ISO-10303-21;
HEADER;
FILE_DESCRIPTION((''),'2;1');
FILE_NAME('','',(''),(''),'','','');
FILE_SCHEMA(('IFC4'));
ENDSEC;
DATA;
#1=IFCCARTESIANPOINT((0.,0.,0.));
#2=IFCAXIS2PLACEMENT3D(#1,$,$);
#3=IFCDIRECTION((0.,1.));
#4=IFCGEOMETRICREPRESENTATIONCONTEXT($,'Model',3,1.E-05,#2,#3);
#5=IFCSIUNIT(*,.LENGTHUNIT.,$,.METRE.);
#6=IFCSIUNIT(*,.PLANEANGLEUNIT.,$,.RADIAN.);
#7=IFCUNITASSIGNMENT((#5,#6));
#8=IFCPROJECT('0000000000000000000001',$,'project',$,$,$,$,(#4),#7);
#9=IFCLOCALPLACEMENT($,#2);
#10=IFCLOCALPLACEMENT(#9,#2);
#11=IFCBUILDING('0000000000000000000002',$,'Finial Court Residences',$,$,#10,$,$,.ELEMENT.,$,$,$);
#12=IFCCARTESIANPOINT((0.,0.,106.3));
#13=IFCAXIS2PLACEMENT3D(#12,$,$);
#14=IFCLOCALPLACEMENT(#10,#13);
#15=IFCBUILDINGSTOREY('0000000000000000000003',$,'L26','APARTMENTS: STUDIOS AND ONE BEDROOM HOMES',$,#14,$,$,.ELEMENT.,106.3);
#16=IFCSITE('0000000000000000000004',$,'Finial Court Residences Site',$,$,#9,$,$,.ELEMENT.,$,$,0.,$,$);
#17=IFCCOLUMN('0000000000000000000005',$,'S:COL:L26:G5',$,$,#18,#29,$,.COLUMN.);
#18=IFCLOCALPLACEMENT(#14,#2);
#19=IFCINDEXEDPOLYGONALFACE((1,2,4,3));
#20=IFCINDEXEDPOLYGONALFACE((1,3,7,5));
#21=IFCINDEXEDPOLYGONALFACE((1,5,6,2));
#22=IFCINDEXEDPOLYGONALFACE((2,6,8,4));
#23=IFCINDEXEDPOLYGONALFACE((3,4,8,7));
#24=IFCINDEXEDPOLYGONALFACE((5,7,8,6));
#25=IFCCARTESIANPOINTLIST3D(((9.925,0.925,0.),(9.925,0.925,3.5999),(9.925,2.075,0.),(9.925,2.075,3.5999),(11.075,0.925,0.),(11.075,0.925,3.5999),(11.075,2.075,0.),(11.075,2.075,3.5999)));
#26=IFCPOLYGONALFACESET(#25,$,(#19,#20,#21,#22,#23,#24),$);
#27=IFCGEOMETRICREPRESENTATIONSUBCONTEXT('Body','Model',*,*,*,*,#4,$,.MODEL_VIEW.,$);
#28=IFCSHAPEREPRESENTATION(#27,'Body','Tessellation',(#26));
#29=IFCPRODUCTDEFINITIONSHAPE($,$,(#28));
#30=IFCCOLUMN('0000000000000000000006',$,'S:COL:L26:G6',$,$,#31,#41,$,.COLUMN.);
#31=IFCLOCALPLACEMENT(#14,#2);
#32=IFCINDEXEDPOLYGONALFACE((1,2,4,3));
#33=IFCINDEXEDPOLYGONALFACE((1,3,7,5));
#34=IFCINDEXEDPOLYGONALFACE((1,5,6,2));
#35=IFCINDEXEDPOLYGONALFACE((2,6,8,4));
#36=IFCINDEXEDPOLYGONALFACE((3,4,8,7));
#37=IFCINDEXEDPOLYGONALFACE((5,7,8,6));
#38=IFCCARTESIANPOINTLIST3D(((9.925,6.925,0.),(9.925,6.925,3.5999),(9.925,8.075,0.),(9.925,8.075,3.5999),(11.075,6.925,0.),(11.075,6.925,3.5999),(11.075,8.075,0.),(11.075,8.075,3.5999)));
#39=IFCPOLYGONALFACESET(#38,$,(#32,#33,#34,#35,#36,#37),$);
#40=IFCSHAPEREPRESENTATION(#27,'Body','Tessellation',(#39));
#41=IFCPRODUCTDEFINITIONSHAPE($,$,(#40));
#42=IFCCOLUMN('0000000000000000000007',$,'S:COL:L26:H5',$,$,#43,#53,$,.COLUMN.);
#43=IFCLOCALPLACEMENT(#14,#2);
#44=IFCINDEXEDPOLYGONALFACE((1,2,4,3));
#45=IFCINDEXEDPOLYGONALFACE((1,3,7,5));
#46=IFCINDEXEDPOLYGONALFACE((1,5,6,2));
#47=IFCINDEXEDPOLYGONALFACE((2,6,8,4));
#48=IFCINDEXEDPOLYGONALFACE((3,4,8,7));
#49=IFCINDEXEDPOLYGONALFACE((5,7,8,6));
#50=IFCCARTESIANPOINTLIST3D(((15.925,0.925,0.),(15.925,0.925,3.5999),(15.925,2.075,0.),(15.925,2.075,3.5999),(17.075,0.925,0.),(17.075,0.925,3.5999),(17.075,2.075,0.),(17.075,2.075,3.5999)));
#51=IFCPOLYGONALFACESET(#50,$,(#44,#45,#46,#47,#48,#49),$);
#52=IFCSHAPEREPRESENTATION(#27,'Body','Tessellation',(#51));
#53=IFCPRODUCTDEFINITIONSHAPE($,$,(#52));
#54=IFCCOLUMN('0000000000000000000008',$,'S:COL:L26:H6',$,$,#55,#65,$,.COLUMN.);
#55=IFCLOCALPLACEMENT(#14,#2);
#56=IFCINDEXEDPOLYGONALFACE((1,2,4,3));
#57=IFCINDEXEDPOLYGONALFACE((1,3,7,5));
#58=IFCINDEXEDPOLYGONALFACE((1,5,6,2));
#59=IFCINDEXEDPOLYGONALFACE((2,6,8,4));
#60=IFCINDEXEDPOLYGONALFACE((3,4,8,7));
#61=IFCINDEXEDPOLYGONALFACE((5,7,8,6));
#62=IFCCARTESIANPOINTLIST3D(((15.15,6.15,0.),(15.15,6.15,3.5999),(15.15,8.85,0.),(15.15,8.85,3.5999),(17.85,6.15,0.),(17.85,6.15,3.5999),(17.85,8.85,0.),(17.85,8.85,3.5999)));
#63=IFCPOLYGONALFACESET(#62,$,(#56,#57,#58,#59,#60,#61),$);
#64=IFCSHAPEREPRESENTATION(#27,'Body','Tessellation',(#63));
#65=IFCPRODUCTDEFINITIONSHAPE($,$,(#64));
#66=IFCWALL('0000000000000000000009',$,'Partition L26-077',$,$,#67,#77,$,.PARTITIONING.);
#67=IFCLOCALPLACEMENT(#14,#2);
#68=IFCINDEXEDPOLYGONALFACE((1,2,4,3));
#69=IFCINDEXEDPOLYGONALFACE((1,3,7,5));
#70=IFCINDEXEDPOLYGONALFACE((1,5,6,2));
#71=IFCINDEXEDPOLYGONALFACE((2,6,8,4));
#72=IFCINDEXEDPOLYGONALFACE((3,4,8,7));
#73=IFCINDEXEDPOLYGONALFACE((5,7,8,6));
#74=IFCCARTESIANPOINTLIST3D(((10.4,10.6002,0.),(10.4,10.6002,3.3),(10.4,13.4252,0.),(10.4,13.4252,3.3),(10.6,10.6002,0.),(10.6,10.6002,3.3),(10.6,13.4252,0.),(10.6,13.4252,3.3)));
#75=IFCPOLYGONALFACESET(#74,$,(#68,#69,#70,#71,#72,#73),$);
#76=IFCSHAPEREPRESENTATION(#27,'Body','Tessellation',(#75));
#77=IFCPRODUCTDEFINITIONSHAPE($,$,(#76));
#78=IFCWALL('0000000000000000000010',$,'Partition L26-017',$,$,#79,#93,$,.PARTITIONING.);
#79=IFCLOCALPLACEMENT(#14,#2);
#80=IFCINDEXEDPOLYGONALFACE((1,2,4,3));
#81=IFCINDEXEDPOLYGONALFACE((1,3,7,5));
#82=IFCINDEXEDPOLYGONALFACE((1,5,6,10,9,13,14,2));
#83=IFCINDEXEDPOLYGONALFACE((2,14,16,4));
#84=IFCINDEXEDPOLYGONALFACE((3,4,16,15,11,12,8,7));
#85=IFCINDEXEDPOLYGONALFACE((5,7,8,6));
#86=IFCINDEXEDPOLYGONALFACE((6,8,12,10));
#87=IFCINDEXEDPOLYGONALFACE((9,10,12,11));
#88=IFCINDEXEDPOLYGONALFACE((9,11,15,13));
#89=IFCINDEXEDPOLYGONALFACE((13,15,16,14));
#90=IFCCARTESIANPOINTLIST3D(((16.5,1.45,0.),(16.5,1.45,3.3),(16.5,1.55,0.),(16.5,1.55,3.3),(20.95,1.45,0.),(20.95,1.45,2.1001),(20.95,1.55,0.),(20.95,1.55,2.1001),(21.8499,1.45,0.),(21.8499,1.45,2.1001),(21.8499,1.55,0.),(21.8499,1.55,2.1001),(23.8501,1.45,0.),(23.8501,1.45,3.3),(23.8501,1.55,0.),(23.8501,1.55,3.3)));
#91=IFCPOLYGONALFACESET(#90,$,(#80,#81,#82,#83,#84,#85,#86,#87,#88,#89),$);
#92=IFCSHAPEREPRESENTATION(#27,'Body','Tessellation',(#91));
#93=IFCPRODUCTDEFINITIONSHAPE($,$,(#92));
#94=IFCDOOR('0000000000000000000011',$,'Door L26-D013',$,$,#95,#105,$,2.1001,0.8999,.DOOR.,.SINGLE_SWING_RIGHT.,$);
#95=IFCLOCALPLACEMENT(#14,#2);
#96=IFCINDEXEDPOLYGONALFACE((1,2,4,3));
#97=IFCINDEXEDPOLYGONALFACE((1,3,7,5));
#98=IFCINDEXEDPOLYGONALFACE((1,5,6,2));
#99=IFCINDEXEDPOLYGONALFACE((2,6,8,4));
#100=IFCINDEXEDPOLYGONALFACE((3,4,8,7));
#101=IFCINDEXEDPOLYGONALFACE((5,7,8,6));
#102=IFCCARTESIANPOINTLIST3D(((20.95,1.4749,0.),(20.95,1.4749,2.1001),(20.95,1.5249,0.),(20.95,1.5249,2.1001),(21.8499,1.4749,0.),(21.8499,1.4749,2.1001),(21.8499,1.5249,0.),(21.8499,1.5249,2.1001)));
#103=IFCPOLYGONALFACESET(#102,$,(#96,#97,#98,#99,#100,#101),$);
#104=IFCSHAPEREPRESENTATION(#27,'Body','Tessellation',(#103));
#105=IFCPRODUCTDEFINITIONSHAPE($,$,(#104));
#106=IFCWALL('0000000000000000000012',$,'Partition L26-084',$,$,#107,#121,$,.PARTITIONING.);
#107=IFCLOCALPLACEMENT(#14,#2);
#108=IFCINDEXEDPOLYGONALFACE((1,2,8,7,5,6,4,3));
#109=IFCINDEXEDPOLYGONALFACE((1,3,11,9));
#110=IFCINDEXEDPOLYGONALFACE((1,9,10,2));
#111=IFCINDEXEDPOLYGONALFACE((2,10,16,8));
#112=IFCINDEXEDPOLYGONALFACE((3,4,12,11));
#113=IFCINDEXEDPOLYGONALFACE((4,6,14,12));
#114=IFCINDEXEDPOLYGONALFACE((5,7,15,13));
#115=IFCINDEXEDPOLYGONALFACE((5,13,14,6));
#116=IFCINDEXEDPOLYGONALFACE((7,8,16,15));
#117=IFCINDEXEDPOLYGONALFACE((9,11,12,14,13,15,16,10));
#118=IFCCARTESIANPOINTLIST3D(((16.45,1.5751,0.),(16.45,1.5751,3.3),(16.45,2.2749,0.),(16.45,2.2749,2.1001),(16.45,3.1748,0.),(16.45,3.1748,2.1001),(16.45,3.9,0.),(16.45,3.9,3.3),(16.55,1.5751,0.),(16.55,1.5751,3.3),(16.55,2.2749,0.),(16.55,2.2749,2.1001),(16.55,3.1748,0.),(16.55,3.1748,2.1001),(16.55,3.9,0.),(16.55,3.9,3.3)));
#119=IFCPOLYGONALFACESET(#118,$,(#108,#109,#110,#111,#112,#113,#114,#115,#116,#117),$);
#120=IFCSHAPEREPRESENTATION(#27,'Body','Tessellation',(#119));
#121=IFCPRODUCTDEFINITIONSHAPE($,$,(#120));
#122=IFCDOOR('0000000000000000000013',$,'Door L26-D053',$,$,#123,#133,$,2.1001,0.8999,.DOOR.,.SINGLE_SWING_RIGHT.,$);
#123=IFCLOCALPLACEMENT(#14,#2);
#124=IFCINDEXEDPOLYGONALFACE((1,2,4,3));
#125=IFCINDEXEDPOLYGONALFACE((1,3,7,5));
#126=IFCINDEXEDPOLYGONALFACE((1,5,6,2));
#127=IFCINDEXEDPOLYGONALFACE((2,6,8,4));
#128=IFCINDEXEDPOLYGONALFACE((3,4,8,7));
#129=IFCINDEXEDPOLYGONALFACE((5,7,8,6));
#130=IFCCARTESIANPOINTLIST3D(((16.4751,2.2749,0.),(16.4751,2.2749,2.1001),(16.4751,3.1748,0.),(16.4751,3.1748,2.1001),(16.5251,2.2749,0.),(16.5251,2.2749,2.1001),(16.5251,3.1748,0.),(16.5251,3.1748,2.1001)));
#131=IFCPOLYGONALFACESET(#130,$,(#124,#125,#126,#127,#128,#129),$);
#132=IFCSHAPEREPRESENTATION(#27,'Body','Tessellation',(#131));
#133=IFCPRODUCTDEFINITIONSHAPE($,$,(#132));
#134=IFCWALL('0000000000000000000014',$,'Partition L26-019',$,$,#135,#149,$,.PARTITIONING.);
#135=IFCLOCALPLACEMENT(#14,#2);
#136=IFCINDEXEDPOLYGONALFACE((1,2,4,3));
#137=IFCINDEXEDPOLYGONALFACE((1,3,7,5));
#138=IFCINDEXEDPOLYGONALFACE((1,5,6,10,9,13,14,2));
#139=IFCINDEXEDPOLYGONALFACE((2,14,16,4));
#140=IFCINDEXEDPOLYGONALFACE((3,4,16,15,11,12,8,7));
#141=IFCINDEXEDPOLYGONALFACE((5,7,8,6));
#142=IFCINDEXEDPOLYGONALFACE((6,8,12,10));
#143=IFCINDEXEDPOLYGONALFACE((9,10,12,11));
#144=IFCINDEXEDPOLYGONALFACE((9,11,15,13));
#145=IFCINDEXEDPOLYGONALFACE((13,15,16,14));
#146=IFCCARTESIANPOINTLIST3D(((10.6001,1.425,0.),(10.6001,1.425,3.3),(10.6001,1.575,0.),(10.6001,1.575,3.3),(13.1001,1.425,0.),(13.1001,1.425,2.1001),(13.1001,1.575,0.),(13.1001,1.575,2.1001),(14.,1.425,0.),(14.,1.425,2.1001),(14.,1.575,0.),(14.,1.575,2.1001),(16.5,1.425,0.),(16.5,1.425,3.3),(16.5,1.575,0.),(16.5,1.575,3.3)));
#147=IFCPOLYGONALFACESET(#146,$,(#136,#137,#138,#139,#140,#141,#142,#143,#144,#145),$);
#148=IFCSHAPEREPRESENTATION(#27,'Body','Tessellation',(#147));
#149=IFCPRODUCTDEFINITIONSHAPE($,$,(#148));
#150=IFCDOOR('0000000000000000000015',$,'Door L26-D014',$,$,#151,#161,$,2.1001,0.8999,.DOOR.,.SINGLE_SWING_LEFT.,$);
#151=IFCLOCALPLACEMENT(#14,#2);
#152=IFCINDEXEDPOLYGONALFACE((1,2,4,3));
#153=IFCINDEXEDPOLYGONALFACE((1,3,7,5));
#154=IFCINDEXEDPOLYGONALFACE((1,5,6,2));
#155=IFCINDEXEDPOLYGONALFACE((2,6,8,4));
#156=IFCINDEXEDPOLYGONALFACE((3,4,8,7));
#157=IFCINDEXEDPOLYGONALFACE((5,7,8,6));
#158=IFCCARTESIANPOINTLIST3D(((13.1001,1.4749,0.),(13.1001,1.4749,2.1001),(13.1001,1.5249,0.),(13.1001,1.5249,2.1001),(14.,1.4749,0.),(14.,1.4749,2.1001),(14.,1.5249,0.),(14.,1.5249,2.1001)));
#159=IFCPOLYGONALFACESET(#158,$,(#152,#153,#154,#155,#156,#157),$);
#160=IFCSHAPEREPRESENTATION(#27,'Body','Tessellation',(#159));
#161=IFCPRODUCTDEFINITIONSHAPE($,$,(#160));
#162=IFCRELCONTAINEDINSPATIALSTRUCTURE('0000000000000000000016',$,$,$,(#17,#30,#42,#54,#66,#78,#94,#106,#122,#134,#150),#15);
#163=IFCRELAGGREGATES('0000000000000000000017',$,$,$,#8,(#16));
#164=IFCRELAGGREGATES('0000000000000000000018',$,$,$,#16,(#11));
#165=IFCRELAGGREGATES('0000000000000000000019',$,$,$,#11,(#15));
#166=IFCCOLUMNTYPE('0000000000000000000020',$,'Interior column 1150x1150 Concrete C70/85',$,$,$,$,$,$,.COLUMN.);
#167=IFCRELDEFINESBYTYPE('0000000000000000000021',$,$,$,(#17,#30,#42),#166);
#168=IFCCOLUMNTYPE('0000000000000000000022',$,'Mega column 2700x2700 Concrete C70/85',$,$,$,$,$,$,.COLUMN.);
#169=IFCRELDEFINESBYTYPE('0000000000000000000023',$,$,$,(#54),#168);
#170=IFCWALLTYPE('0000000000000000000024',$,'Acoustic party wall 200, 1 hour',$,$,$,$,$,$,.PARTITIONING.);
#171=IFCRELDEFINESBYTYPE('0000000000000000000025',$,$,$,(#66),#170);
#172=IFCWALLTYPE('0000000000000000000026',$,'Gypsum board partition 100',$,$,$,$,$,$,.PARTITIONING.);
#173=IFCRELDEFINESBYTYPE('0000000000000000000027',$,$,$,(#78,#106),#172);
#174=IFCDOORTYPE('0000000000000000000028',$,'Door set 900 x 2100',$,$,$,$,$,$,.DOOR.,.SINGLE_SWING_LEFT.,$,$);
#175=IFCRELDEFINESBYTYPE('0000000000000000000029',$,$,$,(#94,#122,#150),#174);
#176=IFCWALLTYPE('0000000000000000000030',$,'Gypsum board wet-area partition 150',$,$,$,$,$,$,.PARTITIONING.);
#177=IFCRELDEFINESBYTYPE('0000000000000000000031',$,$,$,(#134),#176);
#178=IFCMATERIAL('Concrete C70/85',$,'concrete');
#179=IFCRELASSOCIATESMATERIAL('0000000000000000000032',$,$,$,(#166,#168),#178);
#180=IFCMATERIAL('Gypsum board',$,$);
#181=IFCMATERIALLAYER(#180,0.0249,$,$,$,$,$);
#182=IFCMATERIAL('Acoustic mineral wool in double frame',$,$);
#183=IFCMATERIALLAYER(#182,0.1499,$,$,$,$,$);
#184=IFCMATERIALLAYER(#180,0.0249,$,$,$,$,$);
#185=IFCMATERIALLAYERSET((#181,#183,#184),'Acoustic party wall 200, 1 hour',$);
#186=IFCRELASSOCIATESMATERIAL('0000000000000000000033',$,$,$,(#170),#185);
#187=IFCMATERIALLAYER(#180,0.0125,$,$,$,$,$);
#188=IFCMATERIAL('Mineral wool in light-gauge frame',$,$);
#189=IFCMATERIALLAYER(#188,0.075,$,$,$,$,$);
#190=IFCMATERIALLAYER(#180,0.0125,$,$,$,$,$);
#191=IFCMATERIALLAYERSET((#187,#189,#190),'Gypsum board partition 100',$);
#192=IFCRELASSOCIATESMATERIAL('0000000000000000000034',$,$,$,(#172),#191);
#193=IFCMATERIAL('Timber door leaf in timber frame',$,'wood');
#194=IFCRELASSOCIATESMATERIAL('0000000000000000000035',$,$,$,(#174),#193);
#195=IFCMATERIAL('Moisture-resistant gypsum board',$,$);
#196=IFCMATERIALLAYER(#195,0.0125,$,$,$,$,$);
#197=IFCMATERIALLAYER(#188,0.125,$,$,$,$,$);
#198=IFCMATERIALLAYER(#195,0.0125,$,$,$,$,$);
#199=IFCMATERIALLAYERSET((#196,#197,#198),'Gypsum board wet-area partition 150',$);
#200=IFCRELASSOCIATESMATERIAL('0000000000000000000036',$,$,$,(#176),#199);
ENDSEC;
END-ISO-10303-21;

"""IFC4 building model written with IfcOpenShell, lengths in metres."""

from ifc_helpers import new_model, si_unit, direction, frame, frame_2d, origin, origin_2d, place, context, subcontext, project, spatial, rectangle, extrude, material, layer, layer_set, material_profile, profile_set, type_object, element, fill, save


model = new_model("IFC4")

# Units and contexts
model_context = context("Model", 3, precision=1e-05, world=origin(), true_north=direction((0.0, 1.0)))
body_context = subcontext(model_context, "Body", "Model", "MODEL_VIEW")
ifc_project = project(units=[si_unit("LENGTHUNIT", "METRE"), si_unit("PLANEANGLEUNIT", "RADIAN")], contexts=[model_context])

# Site, building, storey
site_placement = place(None, origin())
site = spatial("IfcSite", under=ifc_project, at=site_placement, Name="Finial Court Residences Site", CompositionType="ELEMENT", RefElevation=0.0)
building_placement = place(site_placement, origin())
building = spatial("IfcBuilding", under=site, at=building_placement, Name="Finial Court Residences", CompositionType="ELEMENT")
storey_placement = place(building_placement, frame((0.0, 0.0, 106.3)))
storey = spatial("IfcBuildingStorey", under=building, at=storey_placement, Name="L26", Description="APARTMENTS: STUDIOS AND ONE BEDROOM HOMES", CompositionType="ELEMENT", Elevation=106.3)

# Columns
ifc_material_1 = material(Name="Concrete C70/85", Category="concrete")
ifc_material_profile_1 = material_profile(ifc_material_1, rectangle(XDim=1.1499, YDim=1.1499, at=origin_2d()), Name="1150x1150")
ifc_profile_set_1 = profile_set([ifc_material_profile_1], Name="Concrete C70/85")
column_type_1 = type_object("IfcColumnType", Name="Interior column 1150x1150 Concrete C70/85", PredefinedType="COLUMN", material=ifc_profile_set_1)
for number, where, z_axis, x_axis, name in (
    (1, (10.5, 1.5, 0.0), (0.0, 0.0, 1.0), (1.0, 0.0, 0.0), "S:COL:L26:G5"),
    (2, (10.5, 7.5, 0.0), (0.0, 0.0, 1.0), (1.0, 0.0, 0.0), "S:COL:L26:G6"),
    (3, (16.5, 1.5, 0.0), (0.0, 0.0, 1.0), (1.0, 0.0, 0.0), "S:COL:L26:H5"),
):
    element("IfcColumn", number, at=place(storey_placement, frame(where, z_axis=z_axis, x_axis=x_axis)), inside=storey, type_object=column_type_1, Name=name, PredefinedType="COLUMN", context=body_context, shape_type="SweptSolid", body=[
        extrude(rectangle(XDim=1.1499, YDim=1.1499, at=origin_2d()), origin(), (0.0, 0.0, 1.0), 3.5999),
    ])
ifc_material_profile_2 = material_profile(ifc_material_1, rectangle(XDim=2.7, YDim=2.7, at=origin_2d()), Name="2700x2700")
ifc_profile_set_2 = profile_set([ifc_material_profile_2], Name="Concrete C70/85")
column_type_2 = type_object("IfcColumnType", Name="Mega column 2700x2700 Concrete C70/85", PredefinedType="COLUMN", material=ifc_profile_set_2)
column_placement = place(storey_placement, frame((16.5, 7.5, 0.0), z_axis=(0.0, 0.0, 1.0), x_axis=(1.0, 0.0, 0.0)))
element("IfcColumn", 4, at=column_placement, inside=storey, type_object=column_type_2, Name="S:COL:L26:H6", PredefinedType="COLUMN", context=body_context, shape_type="SweptSolid", body=[
    extrude(rectangle(XDim=2.7, YDim=2.7, at=origin_2d()), origin(), (0.0, 0.0, 1.0), 3.5999),
])

# Wall
ifc_material_2 = material(Name="Gypsum board")
ifc_layer_1 = layer(ifc_material_2, 0.0249)
ifc_material_3 = material(Name="Acoustic mineral wool in double frame")
ifc_layer_2 = layer(ifc_material_3, 0.1499)
ifc_layer_3 = layer(ifc_material_2, 0.0249)
ifc_layer_set_1 = layer_set([ifc_layer_1, ifc_layer_2, ifc_layer_3], Name="Acoustic party wall 200, 1 hour")
wall_type_1 = type_object("IfcWallType", Name="Acoustic party wall 200, 1 hour", PredefinedType="PARTITIONING", material=ifc_layer_set_1)
wall_1_placement = place(storey_placement, frame((10.5, 10.6001, 0.0), z_axis=(0.0, 0.0, 1.0), x_axis=(0.0, 1.0, 0.0)))
element("IfcWall", 5, at=wall_1_placement, inside=storey, type_object=wall_type_1, Name="Partition L26-077", PredefinedType="PARTITIONING", context=body_context, shape_type="SweptSolid", body=[
    extrude(rectangle(XDim=2.825, YDim=0.2, at=frame_2d((1.4126, 0.0))), origin(), (0.0, 0.0, 1.0), 3.3),
])

# Walls, openings, doors
ifc_layer_4 = layer(ifc_material_2, 0.0125)
ifc_material_4 = material(Name="Mineral wool in light-gauge frame")
ifc_layer_5 = layer(ifc_material_4, 0.075)
ifc_layer_6 = layer(ifc_material_2, 0.0125)
ifc_layer_set_2 = layer_set([ifc_layer_4, ifc_layer_5, ifc_layer_6], Name="Gypsum board partition 100")
wall_type_2 = type_object("IfcWallType", Name="Gypsum board partition 100", PredefinedType="PARTITIONING", material=ifc_layer_set_2)
wall_2_placement = place(storey_placement, frame((16.5, 1.5, 0.0), z_axis=(0.0, 0.0, 1.0), x_axis=(1.0, 0.0, 0.0)))
wall_2 = element("IfcWall", 6, at=wall_2_placement, inside=storey, type_object=wall_type_2, Name="Partition L26-017", PredefinedType="PARTITIONING", context=body_context, shape_type="SweptSolid", body=[
    extrude(rectangle(XDim=7.3501, YDim=0.1001, at=frame_2d((3.675, 0.0))), origin(), (0.0, 0.0, 1.0), 3.3),
])
opening_1_placement = place(wall_2_placement, frame((4.45, 0.0, 0.0)))
opening_1 = element("IfcOpeningElement", 7, at=opening_1_placement, cuts=wall_2, PredefinedType="OPENING", context=body_context, shape_type="SweptSolid", body=[
    extrude(rectangle(XDim=0.8999, YDim=2.1001, at=frame_2d((0.45, 1.05))), frame((0.0, 0.0601, 0.0), z_axis=(0.0, -1.0, 0.0), x_axis=(1.0, 0.0, 0.0)), (0.0, 0.0, 1.0), 0.1201),
])
ifc_material_5 = material(Name="Timber door leaf in timber frame", Category="wood")
door_type = type_object("IfcDoorType", Name="Door set 900 x 2100", OperationType="SINGLE_SWING_LEFT", PredefinedType="DOOR", material=ifc_material_5)
door_1_placement = place(opening_1_placement, origin())
door_1 = element("IfcDoor", 8, at=door_1_placement, inside=storey, type_object=door_type, Name="Door L26-D013", OperationType="SINGLE_SWING_RIGHT", OverallHeight=2.1001, OverallWidth=0.8999, PredefinedType="DOOR", context=body_context, shape_type="SweptSolid", body=[
    extrude(rectangle(XDim=0.8999, YDim=2.1001, at=frame_2d((0.45, 1.05))), frame((0.0, 0.0249, 0.0), z_axis=(0.0, -1.0, 0.0), x_axis=(1.0, 0.0, 0.0)), (0.0, 0.0, 1.0), 0.05),
])
fill(opening_1, door_1)
wall_3_placement = place(storey_placement, frame((16.5, 1.575, 0.0), z_axis=(0.0, 0.0, 1.0), x_axis=(0.0, 1.0, 0.0)))
wall_3 = element("IfcWall", 9, at=wall_3_placement, inside=storey, type_object=wall_type_2, Name="Partition L26-084", PredefinedType="PARTITIONING", context=body_context, shape_type="SweptSolid", body=[
    extrude(rectangle(XDim=2.325, YDim=0.1001, at=frame_2d((1.1626, 0.0))), origin(), (0.0, 0.0, 1.0), 3.3),
])
opening_2_placement = place(wall_3_placement, frame((0.7, 0.0, 0.0)))
opening_2 = element("IfcOpeningElement", 10, at=opening_2_placement, cuts=wall_3, PredefinedType="OPENING", context=body_context, shape_type="SweptSolid", body=[
    extrude(rectangle(XDim=0.8999, YDim=2.1001, at=frame_2d((0.45, 1.05))), frame((0.0, 0.0601, 0.0), z_axis=(0.0, -1.0, 0.0), x_axis=(1.0, 0.0, 0.0)), (0.0, 0.0, 1.0), 0.1201),
])
door_2_placement = place(opening_2_placement, origin())
door_2 = element("IfcDoor", 11, at=door_2_placement, inside=storey, type_object=door_type, Name="Door L26-D053", OperationType="SINGLE_SWING_RIGHT", OverallHeight=2.1001, OverallWidth=0.8999, PredefinedType="DOOR", context=body_context, shape_type="SweptSolid", body=[
    extrude(rectangle(XDim=0.8999, YDim=2.1001, at=frame_2d((0.45, 1.05))), frame((0.0, 0.0249, 0.0), z_axis=(0.0, -1.0, 0.0), x_axis=(1.0, 0.0, 0.0)), (0.0, 0.0, 1.0), 0.05),
])
fill(opening_2, door_2)
ifc_material_6 = material(Name="Moisture-resistant gypsum board")
ifc_layer_7 = layer(ifc_material_6, 0.0125)
ifc_layer_8 = layer(ifc_material_4, 0.125)
ifc_layer_9 = layer(ifc_material_6, 0.0125)
ifc_layer_set_3 = layer_set([ifc_layer_7, ifc_layer_8, ifc_layer_9], Name="Gypsum board wet-area partition 150")
wall_type_3 = type_object("IfcWallType", Name="Gypsum board wet-area partition 150", PredefinedType="PARTITIONING", material=ifc_layer_set_3)
wall_4_placement = place(storey_placement, frame((10.6001, 1.5, 0.0), z_axis=(0.0, 0.0, 1.0), x_axis=(1.0, 0.0, 0.0)))
wall_4 = element("IfcWall", 12, at=wall_4_placement, inside=storey, type_object=wall_type_3, Name="Partition L26-019", PredefinedType="PARTITIONING", context=body_context, shape_type="SweptSolid", body=[
    extrude(rectangle(XDim=5.8999, YDim=0.1499, at=frame_2d((2.95, 0.0))), origin(), (0.0, 0.0, 1.0), 3.3),
])
opening_3_placement = place(wall_4_placement, frame((2.5, 0.0, 0.0)))
opening_3 = element("IfcOpeningElement", 13, at=opening_3_placement, cuts=wall_4, PredefinedType="OPENING", context=body_context, shape_type="SweptSolid", body=[
    extrude(rectangle(XDim=0.8999, YDim=2.1001, at=frame_2d((0.45, 1.05))), frame((0.0, 0.085, 0.0), z_axis=(0.0, -1.0, 0.0), x_axis=(1.0, 0.0, 0.0)), (0.0, 0.0, 1.0), 0.1699),
])
door_3_placement = place(opening_3_placement, origin())
door_3 = element("IfcDoor", 14, at=door_3_placement, inside=storey, type_object=door_type, Name="Door L26-D014", OperationType="SINGLE_SWING_LEFT", OverallHeight=2.1001, OverallWidth=0.8999, PredefinedType="DOOR", context=body_context, shape_type="SweptSolid", body=[
    extrude(rectangle(XDim=0.8999, YDim=2.1001, at=frame_2d((0.45, 1.05))), frame((0.0, 0.0249, 0.0), z_axis=(0.0, -1.0, 0.0), x_axis=(1.0, 0.0, 0.0)), (0.0, 0.0, 1.0), 0.05),
])
fill(opening_3, door_3)

save(model, "model.ifc")
